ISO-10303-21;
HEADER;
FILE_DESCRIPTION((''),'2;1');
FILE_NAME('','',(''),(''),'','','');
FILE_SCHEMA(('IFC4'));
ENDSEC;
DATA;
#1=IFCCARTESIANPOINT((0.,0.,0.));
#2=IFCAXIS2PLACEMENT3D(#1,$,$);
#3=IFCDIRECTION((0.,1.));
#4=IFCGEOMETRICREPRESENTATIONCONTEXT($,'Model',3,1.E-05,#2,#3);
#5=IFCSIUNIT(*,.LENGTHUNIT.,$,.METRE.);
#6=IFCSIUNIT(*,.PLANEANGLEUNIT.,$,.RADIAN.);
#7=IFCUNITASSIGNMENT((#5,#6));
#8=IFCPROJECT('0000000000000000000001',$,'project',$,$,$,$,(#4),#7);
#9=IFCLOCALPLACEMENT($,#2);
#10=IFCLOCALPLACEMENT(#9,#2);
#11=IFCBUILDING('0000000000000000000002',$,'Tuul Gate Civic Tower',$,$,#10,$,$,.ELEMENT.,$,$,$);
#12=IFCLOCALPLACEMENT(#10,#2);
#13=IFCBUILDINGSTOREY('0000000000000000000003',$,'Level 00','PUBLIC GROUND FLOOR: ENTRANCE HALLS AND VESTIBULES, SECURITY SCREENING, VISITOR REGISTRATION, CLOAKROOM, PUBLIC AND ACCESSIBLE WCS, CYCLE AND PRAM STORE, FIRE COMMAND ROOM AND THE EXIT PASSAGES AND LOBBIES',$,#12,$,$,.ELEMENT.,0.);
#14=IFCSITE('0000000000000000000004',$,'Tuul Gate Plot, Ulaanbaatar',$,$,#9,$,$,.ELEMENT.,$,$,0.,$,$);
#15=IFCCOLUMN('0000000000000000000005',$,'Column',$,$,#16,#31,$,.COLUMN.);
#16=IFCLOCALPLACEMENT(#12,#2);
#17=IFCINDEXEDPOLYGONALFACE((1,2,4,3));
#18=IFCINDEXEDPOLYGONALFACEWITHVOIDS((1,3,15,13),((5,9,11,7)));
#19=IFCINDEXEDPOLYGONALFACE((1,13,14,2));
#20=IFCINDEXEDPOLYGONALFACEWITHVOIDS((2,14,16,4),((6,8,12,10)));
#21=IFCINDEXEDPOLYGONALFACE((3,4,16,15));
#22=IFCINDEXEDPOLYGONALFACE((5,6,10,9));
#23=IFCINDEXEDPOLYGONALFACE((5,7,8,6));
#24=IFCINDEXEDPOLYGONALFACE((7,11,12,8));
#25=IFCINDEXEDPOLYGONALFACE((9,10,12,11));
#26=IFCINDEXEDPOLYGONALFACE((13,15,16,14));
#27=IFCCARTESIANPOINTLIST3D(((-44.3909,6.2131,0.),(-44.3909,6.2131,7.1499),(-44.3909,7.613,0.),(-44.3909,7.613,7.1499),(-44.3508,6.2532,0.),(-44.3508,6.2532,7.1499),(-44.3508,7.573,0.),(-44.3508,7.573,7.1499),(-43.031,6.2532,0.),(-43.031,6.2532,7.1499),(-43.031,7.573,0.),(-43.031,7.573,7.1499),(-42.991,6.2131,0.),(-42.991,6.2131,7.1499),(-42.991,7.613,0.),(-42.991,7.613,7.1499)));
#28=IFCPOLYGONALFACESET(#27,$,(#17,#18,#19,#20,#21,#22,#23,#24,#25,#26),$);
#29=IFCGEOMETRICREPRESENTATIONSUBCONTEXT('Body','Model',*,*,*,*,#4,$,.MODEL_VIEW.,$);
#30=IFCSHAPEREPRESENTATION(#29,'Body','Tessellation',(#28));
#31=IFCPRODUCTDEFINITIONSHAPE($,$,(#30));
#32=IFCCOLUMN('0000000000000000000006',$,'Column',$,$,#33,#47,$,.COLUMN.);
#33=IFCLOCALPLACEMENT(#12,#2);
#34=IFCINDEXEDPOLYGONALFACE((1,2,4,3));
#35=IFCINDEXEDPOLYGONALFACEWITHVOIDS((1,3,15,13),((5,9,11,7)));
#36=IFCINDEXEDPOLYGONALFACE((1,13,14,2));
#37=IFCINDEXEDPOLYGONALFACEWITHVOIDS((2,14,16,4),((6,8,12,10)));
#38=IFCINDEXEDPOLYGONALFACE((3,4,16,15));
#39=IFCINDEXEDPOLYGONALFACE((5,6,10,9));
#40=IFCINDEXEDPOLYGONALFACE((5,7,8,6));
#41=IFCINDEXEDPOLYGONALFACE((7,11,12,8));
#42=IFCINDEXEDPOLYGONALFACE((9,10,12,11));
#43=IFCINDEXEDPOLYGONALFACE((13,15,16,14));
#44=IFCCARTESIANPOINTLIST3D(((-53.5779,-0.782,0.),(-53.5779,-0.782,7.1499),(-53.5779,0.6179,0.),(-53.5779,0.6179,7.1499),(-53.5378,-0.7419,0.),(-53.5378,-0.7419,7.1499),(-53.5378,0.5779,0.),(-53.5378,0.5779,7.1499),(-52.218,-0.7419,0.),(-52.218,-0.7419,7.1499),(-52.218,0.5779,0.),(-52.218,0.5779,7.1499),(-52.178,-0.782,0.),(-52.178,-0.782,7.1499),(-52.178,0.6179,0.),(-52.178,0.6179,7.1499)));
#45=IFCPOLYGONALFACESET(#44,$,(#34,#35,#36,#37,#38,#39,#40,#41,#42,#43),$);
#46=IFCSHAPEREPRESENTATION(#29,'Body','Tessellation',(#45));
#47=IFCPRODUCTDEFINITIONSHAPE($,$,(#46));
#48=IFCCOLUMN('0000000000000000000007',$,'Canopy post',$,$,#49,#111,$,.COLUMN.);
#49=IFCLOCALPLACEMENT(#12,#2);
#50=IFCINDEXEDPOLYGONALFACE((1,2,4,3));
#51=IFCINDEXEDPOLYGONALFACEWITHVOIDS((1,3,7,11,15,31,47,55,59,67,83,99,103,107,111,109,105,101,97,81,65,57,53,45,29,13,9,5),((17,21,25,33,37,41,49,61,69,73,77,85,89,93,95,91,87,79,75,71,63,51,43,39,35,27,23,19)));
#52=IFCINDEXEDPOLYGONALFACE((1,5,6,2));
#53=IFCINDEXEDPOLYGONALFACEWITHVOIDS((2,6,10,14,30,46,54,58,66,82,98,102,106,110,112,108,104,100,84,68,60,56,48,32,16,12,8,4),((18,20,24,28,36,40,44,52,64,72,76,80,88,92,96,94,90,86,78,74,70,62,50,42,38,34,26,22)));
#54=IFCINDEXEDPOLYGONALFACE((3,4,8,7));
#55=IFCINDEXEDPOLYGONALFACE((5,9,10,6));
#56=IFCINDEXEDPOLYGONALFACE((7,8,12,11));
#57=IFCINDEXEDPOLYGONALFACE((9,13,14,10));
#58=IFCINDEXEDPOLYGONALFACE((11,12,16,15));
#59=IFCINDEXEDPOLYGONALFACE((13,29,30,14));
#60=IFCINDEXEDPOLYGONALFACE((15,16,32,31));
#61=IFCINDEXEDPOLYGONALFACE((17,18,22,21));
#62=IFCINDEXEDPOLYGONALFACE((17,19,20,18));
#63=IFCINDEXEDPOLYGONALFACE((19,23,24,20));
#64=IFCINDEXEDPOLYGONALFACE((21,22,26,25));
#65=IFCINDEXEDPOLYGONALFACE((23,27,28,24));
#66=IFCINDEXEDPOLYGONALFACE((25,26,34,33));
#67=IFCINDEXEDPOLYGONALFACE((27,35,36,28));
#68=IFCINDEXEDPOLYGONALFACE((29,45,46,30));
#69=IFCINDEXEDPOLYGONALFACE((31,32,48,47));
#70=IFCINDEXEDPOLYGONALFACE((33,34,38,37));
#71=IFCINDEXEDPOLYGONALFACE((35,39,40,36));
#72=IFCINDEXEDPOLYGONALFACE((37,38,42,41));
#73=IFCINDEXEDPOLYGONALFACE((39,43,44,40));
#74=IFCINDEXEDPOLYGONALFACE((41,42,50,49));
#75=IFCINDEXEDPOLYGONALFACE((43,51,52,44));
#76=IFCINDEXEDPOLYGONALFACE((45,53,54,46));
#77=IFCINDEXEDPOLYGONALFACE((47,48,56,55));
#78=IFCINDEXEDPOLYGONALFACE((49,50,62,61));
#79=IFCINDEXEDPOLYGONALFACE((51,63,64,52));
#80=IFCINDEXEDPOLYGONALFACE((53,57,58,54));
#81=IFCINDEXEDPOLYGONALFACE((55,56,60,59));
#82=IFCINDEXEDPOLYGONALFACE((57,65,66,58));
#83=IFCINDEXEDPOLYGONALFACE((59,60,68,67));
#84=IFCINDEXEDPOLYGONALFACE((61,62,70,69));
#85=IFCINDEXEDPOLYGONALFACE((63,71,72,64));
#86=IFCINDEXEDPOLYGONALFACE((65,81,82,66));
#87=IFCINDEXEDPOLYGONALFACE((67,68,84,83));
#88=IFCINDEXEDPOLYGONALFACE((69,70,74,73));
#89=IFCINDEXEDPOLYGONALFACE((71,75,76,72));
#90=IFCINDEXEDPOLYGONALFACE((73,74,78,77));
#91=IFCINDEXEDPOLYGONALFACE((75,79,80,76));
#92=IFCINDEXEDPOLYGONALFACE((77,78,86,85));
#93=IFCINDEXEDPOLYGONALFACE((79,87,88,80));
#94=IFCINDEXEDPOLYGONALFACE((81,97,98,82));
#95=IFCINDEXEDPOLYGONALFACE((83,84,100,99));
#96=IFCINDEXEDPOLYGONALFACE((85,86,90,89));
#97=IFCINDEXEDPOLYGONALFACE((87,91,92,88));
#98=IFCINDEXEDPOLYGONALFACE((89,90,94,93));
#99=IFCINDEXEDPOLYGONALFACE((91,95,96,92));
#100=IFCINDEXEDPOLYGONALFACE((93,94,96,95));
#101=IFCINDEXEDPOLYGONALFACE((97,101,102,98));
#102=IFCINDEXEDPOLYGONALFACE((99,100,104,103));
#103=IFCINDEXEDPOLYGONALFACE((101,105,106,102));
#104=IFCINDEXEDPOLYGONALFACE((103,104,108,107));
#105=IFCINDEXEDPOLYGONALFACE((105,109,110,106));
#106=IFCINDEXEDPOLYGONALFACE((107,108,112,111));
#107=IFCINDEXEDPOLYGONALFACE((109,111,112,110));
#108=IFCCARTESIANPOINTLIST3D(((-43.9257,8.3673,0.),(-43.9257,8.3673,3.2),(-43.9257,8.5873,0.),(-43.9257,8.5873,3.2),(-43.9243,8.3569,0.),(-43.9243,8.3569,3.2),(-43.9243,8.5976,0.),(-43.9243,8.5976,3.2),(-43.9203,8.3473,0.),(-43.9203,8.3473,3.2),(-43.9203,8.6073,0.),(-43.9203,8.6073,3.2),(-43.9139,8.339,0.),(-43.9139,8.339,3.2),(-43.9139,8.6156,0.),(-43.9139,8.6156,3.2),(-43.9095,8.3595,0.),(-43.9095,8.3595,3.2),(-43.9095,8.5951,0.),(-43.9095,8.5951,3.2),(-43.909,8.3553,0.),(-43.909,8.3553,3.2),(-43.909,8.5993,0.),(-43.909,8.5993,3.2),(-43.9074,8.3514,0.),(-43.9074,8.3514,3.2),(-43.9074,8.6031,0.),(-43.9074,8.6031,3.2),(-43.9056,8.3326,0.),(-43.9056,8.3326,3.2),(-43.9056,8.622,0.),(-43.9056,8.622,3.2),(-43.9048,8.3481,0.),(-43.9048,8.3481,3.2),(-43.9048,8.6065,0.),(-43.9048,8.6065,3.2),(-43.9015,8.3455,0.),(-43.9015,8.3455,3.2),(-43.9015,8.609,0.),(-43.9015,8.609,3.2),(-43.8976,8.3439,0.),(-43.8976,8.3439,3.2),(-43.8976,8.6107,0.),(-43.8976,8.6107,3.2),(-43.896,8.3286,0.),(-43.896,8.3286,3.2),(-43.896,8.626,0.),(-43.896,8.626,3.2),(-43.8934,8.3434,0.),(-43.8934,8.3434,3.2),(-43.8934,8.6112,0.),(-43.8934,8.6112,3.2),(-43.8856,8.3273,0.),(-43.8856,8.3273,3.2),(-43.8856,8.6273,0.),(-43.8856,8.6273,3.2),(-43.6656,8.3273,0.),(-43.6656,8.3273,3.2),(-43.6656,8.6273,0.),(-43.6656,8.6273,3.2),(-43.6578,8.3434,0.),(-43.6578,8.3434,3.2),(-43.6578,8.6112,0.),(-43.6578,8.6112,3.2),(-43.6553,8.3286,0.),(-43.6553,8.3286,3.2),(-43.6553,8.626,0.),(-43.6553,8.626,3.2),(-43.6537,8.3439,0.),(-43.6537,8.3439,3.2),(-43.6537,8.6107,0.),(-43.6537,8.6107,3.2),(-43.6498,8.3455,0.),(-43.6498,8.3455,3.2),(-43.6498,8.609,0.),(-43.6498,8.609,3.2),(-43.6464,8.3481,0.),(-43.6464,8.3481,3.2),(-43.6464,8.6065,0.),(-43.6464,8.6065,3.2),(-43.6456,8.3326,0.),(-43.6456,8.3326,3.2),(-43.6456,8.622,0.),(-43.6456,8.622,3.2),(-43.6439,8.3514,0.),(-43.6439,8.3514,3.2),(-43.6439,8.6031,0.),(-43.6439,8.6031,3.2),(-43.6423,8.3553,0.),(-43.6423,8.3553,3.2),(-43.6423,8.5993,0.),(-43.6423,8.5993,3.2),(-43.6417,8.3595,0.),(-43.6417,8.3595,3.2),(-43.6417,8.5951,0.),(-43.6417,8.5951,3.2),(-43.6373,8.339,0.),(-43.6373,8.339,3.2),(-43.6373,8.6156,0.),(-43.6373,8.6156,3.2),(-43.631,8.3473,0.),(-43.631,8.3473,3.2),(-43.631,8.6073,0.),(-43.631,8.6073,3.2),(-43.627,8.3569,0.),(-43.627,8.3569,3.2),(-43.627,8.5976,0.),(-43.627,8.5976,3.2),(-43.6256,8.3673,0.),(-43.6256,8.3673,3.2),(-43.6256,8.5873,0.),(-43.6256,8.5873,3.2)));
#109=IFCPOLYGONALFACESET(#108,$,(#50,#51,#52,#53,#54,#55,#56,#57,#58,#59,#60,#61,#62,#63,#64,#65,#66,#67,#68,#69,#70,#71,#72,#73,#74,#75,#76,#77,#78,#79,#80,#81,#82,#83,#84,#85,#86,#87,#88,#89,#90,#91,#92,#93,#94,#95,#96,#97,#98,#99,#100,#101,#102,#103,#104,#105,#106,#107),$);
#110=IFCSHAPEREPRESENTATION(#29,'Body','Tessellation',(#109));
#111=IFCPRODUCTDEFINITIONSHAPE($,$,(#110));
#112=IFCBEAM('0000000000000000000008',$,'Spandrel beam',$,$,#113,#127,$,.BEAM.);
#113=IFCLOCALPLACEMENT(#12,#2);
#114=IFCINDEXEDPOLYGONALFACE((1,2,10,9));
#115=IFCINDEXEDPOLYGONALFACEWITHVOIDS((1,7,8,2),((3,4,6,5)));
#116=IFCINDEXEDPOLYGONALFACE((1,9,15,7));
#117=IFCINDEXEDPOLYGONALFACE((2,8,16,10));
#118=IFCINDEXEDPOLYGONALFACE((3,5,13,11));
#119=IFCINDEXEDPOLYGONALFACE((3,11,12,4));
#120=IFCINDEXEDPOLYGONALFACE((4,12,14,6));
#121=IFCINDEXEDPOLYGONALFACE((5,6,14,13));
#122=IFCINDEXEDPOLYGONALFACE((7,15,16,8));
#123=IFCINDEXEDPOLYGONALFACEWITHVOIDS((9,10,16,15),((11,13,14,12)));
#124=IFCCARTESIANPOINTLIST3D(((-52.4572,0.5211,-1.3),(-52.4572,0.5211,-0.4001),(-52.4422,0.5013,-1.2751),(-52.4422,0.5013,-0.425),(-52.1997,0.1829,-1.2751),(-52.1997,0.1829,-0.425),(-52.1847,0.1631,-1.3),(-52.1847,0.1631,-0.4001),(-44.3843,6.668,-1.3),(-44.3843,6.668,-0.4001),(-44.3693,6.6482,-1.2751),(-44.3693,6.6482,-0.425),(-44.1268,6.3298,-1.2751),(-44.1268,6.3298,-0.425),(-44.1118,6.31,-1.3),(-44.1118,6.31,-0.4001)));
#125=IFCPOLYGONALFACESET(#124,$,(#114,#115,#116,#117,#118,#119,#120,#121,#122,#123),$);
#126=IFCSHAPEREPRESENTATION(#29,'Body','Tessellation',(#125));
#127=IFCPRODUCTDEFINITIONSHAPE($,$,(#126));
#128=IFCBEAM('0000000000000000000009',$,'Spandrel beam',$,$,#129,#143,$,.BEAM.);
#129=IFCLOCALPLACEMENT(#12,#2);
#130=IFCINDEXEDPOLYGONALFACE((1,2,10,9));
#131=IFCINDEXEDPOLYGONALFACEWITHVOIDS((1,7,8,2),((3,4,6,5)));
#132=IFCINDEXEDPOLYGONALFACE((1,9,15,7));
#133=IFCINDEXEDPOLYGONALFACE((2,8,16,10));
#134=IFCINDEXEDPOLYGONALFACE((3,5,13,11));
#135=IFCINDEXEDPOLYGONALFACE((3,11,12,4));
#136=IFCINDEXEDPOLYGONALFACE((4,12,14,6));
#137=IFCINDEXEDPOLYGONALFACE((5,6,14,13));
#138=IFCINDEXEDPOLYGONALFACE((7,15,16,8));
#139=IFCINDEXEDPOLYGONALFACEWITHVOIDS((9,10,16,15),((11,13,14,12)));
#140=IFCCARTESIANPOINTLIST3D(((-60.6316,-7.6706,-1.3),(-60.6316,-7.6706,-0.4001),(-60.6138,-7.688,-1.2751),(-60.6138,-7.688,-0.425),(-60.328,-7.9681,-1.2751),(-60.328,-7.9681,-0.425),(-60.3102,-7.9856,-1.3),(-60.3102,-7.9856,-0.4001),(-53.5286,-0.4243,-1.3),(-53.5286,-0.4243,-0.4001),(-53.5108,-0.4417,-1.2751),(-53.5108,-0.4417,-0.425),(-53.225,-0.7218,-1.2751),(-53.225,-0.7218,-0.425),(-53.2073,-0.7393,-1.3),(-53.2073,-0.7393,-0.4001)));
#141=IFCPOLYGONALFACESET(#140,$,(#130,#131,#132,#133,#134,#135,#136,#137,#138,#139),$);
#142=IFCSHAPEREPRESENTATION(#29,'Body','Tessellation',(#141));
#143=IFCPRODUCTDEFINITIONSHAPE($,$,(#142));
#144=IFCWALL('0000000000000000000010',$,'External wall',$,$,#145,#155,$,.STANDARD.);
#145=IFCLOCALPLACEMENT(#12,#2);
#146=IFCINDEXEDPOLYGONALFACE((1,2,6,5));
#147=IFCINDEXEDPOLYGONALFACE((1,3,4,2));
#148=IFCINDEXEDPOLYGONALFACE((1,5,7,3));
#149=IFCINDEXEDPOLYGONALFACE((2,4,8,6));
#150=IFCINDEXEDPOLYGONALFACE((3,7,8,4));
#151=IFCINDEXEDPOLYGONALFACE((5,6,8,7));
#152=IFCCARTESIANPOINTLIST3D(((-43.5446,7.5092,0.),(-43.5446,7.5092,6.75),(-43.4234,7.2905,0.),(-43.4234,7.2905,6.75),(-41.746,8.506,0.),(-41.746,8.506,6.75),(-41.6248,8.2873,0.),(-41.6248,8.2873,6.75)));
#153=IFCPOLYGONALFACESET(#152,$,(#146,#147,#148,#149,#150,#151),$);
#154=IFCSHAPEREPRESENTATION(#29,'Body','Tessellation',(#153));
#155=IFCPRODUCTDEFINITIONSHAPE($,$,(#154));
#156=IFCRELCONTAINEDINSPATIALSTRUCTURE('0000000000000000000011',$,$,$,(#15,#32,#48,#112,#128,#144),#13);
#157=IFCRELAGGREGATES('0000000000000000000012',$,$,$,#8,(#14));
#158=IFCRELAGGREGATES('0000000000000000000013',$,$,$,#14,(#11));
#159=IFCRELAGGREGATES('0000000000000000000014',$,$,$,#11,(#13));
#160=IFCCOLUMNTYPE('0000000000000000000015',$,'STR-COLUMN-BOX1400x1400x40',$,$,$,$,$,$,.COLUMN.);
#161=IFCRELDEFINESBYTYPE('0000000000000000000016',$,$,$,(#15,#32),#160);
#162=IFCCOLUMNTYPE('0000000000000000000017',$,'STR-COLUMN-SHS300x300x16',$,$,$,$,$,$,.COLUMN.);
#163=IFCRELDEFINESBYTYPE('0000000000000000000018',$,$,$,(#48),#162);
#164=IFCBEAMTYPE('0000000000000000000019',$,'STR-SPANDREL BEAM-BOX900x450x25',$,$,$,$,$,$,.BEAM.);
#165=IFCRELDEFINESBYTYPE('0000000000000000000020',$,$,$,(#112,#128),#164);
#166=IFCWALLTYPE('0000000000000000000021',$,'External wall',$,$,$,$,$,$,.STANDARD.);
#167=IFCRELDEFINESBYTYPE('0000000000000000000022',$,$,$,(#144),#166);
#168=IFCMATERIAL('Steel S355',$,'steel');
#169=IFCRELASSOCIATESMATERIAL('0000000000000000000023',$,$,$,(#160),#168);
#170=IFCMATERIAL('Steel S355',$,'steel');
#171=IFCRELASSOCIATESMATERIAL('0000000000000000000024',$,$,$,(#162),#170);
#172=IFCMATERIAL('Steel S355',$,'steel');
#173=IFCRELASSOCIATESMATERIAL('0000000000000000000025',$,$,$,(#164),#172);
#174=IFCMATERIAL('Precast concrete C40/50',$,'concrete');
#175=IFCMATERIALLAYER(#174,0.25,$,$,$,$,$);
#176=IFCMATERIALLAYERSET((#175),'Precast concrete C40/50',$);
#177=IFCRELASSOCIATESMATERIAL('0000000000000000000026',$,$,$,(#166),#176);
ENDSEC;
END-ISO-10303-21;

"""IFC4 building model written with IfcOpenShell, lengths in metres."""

from ifc_helpers import new_model, si_unit, direction, frame, frame_2d, origin, origin_2d, place, context, subcontext, project, spatial, rectangle, hollow_rectangle, extrude, material, layer, layer_set, material_profile, profile_set, type_object, element, save


model = new_model("IFC4")

# Units and contexts
model_context = context("Model", 3, precision=1e-05, world=origin(), true_north=direction((0.0, 1.0)))
body_context = subcontext(model_context, "Body", "Model", "MODEL_VIEW")
ifc_project = project(units=[si_unit("LENGTHUNIT", "METRE"), si_unit("PLANEANGLEUNIT", "RADIAN")], contexts=[model_context])

# Site, building, storey
site_placement = place(None, origin())
site = spatial("IfcSite", under=ifc_project, at=site_placement, Name="Tuul Gate Plot, Ulaanbaatar", CompositionType="ELEMENT", RefElevation=0.0)
building_placement = place(site_placement, origin())
building = spatial("IfcBuilding", under=site, at=building_placement, Name="Tuul Gate Civic Tower", CompositionType="ELEMENT")
storey_placement = place(building_placement, origin())
storey = spatial("IfcBuildingStorey", under=building, at=storey_placement, Name="Level 00", Description="PUBLIC GROUND FLOOR: ENTRANCE HALLS AND VESTIBULES, SECURITY SCREENING, VISITOR REGISTRATION, CLOAKROOM, PUBLIC AND ACCESSIBLE WCS, CYCLE AND PRAM STORE, FIRE COMMAND ROOM AND THE EXIT PASSAGES AND LOBBIES", CompositionType="ELEMENT", Elevation=0.0)

# Columns
ifc_material_1 = material(Name="Steel S355", Category="steel")
ifc_material_profile_1 = material_profile(ifc_material_1, hollow_rectangle(XDim=1.3999, YDim=1.3999, WallThickness=0.04, at=origin_2d()), Name="BOX1400x1400x40")
ifc_profile_set_1 = profile_set([ifc_material_profile_1], Name="Steel S355")
column_type_1 = type_object("IfcColumnType", Name="STR-COLUMN-BOX1400x1400x40", PredefinedType="COLUMN", material=ifc_profile_set_1)
for number, where, z_axis, x_axis, name in (
    (1, (-43.6909, 6.9131, 0.0), (0.0, 0.0, 1.0), (1.0, 0.0, 0.0), "Column"),
    (2, (-52.8779, -0.082, 0.0), (0.0, 0.0, 1.0), (1.0, 0.0, 0.0), "Column"),
):
    element("IfcColumn", number, at=place(storey_placement, frame(where, z_axis=z_axis, x_axis=x_axis)), inside=storey, type_object=column_type_1, Name=name, PredefinedType="COLUMN", context=body_context, shape_type="SweptSolid", body=[
        extrude(hollow_rectangle(XDim=1.3999, YDim=1.3999, WallThickness=0.04, at=origin_2d()), origin(), (0.0, 0.0, 1.0), 7.1499),
    ])
ifc_material_2 = material(Name="Steel S355", Category="steel")
ifc_material_profile_2 = material_profile(ifc_material_2, hollow_rectangle(XDim=0.3, YDim=0.3, WallThickness=0.0161, InnerFilletRadius=0.0161, OuterFilletRadius=0.04, at=origin_2d()), Name="SHS300x300x16")
ifc_profile_set_2 = profile_set([ifc_material_profile_2], Name="Steel S355")
column_type_2 = type_object("IfcColumnType", Name="STR-COLUMN-SHS300x300x16", PredefinedType="COLUMN", material=ifc_profile_set_2)
column_placement = place(storey_placement, frame((-43.7756, 8.4773, 0.0), z_axis=(0.0, 0.0, 1.0), x_axis=(1.0, 0.0, 0.0)))
element("IfcColumn", 3, at=column_placement, inside=storey, type_object=column_type_2, Name="Canopy post", PredefinedType="COLUMN", context=body_context, shape_type="SweptSolid", body=[
    extrude(hollow_rectangle(XDim=0.3, YDim=0.3, WallThickness=0.0161, InnerFilletRadius=0.0161, OuterFilletRadius=0.04, at=origin_2d()), origin(), (0.0, 0.0, 1.0), 3.2),
])

# Beams
ifc_material_3 = material(Name="Steel S355", Category="steel")
ifc_material_profile_3 = material_profile(ifc_material_3, hollow_rectangle(XDim=0.45, YDim=0.8999, WallThickness=0.0249, at=origin_2d()), Name="BOX900x450x25")
ifc_profile_set_3 = profile_set([ifc_material_profile_3], Name="Steel S355")
beam_type = type_object("IfcBeamType", Name="STR-SPANDREL BEAM-BOX900x450x25", PredefinedType="BEAM", material=ifc_profile_set_3)
beam_1_placement = place(storey_placement, frame((-44.248, 6.489, -0.8501), z_axis=(-0.795616, -0.605801, 0.0), x_axis=(0.605801, -0.795616, 0.0)))
element("IfcBeam", 4, at=beam_1_placement, inside=storey, type_object=beam_type, Name="Spandrel beam", PredefinedType="BEAM", context=body_context, shape_type="SweptSolid", body=[
    extrude(hollow_rectangle(XDim=0.45, YDim=0.8999, WallThickness=0.0249, at=origin_2d()), origin(), (0.0, 0.0, 1.0), 10.1467),
])
beam_2_placement = place(storey_placement, frame((-53.3679, -0.5818, -0.8501), z_axis=(-0.70001, -0.714133, 0.0), x_axis=(0.714133, -0.70001, 0.0)))
element("IfcBeam", 5, at=beam_2_placement, inside=storey, type_object=beam_type, Name="Spandrel beam", PredefinedType="BEAM", context=body_context, shape_type="SweptSolid", body=[
    extrude(hollow_rectangle(XDim=0.45, YDim=0.8999, WallThickness=0.0249, at=origin_2d()), origin(), (0.0, 0.0, 1.0), 10.147),
])

# Wall
ifc_material_4 = material(Name="Precast concrete C40/50", Category="concrete")
ifc_layer_1 = layer(ifc_material_4, 0.25)
ifc_layer_set_1 = layer_set([ifc_layer_1], Name="Precast concrete C40/50")
wall_type_1 = type_object("IfcWallType", Name="External wall", PredefinedType="STANDARD", material=ifc_layer_set_1)
wall_1_placement = place(storey_placement, frame((-41.6853, 8.3967, 0.0), z_axis=(0.0, 0.0, 1.0), x_axis=(-0.87465, -0.484756, 0.0)))
element("IfcWall", 6, at=wall_1_placement, inside=storey, type_object=wall_type_1, Name="External wall", PredefinedType="STANDARD", context=body_context, shape_type="SweptSolid", body=[
    extrude(rectangle(XDim=2.0564, YDim=0.25, at=frame_2d((1.0283, 0.0))), origin(), (0.0, 0.0, 1.0), 6.75),
])

save(model, "model.ifc")
